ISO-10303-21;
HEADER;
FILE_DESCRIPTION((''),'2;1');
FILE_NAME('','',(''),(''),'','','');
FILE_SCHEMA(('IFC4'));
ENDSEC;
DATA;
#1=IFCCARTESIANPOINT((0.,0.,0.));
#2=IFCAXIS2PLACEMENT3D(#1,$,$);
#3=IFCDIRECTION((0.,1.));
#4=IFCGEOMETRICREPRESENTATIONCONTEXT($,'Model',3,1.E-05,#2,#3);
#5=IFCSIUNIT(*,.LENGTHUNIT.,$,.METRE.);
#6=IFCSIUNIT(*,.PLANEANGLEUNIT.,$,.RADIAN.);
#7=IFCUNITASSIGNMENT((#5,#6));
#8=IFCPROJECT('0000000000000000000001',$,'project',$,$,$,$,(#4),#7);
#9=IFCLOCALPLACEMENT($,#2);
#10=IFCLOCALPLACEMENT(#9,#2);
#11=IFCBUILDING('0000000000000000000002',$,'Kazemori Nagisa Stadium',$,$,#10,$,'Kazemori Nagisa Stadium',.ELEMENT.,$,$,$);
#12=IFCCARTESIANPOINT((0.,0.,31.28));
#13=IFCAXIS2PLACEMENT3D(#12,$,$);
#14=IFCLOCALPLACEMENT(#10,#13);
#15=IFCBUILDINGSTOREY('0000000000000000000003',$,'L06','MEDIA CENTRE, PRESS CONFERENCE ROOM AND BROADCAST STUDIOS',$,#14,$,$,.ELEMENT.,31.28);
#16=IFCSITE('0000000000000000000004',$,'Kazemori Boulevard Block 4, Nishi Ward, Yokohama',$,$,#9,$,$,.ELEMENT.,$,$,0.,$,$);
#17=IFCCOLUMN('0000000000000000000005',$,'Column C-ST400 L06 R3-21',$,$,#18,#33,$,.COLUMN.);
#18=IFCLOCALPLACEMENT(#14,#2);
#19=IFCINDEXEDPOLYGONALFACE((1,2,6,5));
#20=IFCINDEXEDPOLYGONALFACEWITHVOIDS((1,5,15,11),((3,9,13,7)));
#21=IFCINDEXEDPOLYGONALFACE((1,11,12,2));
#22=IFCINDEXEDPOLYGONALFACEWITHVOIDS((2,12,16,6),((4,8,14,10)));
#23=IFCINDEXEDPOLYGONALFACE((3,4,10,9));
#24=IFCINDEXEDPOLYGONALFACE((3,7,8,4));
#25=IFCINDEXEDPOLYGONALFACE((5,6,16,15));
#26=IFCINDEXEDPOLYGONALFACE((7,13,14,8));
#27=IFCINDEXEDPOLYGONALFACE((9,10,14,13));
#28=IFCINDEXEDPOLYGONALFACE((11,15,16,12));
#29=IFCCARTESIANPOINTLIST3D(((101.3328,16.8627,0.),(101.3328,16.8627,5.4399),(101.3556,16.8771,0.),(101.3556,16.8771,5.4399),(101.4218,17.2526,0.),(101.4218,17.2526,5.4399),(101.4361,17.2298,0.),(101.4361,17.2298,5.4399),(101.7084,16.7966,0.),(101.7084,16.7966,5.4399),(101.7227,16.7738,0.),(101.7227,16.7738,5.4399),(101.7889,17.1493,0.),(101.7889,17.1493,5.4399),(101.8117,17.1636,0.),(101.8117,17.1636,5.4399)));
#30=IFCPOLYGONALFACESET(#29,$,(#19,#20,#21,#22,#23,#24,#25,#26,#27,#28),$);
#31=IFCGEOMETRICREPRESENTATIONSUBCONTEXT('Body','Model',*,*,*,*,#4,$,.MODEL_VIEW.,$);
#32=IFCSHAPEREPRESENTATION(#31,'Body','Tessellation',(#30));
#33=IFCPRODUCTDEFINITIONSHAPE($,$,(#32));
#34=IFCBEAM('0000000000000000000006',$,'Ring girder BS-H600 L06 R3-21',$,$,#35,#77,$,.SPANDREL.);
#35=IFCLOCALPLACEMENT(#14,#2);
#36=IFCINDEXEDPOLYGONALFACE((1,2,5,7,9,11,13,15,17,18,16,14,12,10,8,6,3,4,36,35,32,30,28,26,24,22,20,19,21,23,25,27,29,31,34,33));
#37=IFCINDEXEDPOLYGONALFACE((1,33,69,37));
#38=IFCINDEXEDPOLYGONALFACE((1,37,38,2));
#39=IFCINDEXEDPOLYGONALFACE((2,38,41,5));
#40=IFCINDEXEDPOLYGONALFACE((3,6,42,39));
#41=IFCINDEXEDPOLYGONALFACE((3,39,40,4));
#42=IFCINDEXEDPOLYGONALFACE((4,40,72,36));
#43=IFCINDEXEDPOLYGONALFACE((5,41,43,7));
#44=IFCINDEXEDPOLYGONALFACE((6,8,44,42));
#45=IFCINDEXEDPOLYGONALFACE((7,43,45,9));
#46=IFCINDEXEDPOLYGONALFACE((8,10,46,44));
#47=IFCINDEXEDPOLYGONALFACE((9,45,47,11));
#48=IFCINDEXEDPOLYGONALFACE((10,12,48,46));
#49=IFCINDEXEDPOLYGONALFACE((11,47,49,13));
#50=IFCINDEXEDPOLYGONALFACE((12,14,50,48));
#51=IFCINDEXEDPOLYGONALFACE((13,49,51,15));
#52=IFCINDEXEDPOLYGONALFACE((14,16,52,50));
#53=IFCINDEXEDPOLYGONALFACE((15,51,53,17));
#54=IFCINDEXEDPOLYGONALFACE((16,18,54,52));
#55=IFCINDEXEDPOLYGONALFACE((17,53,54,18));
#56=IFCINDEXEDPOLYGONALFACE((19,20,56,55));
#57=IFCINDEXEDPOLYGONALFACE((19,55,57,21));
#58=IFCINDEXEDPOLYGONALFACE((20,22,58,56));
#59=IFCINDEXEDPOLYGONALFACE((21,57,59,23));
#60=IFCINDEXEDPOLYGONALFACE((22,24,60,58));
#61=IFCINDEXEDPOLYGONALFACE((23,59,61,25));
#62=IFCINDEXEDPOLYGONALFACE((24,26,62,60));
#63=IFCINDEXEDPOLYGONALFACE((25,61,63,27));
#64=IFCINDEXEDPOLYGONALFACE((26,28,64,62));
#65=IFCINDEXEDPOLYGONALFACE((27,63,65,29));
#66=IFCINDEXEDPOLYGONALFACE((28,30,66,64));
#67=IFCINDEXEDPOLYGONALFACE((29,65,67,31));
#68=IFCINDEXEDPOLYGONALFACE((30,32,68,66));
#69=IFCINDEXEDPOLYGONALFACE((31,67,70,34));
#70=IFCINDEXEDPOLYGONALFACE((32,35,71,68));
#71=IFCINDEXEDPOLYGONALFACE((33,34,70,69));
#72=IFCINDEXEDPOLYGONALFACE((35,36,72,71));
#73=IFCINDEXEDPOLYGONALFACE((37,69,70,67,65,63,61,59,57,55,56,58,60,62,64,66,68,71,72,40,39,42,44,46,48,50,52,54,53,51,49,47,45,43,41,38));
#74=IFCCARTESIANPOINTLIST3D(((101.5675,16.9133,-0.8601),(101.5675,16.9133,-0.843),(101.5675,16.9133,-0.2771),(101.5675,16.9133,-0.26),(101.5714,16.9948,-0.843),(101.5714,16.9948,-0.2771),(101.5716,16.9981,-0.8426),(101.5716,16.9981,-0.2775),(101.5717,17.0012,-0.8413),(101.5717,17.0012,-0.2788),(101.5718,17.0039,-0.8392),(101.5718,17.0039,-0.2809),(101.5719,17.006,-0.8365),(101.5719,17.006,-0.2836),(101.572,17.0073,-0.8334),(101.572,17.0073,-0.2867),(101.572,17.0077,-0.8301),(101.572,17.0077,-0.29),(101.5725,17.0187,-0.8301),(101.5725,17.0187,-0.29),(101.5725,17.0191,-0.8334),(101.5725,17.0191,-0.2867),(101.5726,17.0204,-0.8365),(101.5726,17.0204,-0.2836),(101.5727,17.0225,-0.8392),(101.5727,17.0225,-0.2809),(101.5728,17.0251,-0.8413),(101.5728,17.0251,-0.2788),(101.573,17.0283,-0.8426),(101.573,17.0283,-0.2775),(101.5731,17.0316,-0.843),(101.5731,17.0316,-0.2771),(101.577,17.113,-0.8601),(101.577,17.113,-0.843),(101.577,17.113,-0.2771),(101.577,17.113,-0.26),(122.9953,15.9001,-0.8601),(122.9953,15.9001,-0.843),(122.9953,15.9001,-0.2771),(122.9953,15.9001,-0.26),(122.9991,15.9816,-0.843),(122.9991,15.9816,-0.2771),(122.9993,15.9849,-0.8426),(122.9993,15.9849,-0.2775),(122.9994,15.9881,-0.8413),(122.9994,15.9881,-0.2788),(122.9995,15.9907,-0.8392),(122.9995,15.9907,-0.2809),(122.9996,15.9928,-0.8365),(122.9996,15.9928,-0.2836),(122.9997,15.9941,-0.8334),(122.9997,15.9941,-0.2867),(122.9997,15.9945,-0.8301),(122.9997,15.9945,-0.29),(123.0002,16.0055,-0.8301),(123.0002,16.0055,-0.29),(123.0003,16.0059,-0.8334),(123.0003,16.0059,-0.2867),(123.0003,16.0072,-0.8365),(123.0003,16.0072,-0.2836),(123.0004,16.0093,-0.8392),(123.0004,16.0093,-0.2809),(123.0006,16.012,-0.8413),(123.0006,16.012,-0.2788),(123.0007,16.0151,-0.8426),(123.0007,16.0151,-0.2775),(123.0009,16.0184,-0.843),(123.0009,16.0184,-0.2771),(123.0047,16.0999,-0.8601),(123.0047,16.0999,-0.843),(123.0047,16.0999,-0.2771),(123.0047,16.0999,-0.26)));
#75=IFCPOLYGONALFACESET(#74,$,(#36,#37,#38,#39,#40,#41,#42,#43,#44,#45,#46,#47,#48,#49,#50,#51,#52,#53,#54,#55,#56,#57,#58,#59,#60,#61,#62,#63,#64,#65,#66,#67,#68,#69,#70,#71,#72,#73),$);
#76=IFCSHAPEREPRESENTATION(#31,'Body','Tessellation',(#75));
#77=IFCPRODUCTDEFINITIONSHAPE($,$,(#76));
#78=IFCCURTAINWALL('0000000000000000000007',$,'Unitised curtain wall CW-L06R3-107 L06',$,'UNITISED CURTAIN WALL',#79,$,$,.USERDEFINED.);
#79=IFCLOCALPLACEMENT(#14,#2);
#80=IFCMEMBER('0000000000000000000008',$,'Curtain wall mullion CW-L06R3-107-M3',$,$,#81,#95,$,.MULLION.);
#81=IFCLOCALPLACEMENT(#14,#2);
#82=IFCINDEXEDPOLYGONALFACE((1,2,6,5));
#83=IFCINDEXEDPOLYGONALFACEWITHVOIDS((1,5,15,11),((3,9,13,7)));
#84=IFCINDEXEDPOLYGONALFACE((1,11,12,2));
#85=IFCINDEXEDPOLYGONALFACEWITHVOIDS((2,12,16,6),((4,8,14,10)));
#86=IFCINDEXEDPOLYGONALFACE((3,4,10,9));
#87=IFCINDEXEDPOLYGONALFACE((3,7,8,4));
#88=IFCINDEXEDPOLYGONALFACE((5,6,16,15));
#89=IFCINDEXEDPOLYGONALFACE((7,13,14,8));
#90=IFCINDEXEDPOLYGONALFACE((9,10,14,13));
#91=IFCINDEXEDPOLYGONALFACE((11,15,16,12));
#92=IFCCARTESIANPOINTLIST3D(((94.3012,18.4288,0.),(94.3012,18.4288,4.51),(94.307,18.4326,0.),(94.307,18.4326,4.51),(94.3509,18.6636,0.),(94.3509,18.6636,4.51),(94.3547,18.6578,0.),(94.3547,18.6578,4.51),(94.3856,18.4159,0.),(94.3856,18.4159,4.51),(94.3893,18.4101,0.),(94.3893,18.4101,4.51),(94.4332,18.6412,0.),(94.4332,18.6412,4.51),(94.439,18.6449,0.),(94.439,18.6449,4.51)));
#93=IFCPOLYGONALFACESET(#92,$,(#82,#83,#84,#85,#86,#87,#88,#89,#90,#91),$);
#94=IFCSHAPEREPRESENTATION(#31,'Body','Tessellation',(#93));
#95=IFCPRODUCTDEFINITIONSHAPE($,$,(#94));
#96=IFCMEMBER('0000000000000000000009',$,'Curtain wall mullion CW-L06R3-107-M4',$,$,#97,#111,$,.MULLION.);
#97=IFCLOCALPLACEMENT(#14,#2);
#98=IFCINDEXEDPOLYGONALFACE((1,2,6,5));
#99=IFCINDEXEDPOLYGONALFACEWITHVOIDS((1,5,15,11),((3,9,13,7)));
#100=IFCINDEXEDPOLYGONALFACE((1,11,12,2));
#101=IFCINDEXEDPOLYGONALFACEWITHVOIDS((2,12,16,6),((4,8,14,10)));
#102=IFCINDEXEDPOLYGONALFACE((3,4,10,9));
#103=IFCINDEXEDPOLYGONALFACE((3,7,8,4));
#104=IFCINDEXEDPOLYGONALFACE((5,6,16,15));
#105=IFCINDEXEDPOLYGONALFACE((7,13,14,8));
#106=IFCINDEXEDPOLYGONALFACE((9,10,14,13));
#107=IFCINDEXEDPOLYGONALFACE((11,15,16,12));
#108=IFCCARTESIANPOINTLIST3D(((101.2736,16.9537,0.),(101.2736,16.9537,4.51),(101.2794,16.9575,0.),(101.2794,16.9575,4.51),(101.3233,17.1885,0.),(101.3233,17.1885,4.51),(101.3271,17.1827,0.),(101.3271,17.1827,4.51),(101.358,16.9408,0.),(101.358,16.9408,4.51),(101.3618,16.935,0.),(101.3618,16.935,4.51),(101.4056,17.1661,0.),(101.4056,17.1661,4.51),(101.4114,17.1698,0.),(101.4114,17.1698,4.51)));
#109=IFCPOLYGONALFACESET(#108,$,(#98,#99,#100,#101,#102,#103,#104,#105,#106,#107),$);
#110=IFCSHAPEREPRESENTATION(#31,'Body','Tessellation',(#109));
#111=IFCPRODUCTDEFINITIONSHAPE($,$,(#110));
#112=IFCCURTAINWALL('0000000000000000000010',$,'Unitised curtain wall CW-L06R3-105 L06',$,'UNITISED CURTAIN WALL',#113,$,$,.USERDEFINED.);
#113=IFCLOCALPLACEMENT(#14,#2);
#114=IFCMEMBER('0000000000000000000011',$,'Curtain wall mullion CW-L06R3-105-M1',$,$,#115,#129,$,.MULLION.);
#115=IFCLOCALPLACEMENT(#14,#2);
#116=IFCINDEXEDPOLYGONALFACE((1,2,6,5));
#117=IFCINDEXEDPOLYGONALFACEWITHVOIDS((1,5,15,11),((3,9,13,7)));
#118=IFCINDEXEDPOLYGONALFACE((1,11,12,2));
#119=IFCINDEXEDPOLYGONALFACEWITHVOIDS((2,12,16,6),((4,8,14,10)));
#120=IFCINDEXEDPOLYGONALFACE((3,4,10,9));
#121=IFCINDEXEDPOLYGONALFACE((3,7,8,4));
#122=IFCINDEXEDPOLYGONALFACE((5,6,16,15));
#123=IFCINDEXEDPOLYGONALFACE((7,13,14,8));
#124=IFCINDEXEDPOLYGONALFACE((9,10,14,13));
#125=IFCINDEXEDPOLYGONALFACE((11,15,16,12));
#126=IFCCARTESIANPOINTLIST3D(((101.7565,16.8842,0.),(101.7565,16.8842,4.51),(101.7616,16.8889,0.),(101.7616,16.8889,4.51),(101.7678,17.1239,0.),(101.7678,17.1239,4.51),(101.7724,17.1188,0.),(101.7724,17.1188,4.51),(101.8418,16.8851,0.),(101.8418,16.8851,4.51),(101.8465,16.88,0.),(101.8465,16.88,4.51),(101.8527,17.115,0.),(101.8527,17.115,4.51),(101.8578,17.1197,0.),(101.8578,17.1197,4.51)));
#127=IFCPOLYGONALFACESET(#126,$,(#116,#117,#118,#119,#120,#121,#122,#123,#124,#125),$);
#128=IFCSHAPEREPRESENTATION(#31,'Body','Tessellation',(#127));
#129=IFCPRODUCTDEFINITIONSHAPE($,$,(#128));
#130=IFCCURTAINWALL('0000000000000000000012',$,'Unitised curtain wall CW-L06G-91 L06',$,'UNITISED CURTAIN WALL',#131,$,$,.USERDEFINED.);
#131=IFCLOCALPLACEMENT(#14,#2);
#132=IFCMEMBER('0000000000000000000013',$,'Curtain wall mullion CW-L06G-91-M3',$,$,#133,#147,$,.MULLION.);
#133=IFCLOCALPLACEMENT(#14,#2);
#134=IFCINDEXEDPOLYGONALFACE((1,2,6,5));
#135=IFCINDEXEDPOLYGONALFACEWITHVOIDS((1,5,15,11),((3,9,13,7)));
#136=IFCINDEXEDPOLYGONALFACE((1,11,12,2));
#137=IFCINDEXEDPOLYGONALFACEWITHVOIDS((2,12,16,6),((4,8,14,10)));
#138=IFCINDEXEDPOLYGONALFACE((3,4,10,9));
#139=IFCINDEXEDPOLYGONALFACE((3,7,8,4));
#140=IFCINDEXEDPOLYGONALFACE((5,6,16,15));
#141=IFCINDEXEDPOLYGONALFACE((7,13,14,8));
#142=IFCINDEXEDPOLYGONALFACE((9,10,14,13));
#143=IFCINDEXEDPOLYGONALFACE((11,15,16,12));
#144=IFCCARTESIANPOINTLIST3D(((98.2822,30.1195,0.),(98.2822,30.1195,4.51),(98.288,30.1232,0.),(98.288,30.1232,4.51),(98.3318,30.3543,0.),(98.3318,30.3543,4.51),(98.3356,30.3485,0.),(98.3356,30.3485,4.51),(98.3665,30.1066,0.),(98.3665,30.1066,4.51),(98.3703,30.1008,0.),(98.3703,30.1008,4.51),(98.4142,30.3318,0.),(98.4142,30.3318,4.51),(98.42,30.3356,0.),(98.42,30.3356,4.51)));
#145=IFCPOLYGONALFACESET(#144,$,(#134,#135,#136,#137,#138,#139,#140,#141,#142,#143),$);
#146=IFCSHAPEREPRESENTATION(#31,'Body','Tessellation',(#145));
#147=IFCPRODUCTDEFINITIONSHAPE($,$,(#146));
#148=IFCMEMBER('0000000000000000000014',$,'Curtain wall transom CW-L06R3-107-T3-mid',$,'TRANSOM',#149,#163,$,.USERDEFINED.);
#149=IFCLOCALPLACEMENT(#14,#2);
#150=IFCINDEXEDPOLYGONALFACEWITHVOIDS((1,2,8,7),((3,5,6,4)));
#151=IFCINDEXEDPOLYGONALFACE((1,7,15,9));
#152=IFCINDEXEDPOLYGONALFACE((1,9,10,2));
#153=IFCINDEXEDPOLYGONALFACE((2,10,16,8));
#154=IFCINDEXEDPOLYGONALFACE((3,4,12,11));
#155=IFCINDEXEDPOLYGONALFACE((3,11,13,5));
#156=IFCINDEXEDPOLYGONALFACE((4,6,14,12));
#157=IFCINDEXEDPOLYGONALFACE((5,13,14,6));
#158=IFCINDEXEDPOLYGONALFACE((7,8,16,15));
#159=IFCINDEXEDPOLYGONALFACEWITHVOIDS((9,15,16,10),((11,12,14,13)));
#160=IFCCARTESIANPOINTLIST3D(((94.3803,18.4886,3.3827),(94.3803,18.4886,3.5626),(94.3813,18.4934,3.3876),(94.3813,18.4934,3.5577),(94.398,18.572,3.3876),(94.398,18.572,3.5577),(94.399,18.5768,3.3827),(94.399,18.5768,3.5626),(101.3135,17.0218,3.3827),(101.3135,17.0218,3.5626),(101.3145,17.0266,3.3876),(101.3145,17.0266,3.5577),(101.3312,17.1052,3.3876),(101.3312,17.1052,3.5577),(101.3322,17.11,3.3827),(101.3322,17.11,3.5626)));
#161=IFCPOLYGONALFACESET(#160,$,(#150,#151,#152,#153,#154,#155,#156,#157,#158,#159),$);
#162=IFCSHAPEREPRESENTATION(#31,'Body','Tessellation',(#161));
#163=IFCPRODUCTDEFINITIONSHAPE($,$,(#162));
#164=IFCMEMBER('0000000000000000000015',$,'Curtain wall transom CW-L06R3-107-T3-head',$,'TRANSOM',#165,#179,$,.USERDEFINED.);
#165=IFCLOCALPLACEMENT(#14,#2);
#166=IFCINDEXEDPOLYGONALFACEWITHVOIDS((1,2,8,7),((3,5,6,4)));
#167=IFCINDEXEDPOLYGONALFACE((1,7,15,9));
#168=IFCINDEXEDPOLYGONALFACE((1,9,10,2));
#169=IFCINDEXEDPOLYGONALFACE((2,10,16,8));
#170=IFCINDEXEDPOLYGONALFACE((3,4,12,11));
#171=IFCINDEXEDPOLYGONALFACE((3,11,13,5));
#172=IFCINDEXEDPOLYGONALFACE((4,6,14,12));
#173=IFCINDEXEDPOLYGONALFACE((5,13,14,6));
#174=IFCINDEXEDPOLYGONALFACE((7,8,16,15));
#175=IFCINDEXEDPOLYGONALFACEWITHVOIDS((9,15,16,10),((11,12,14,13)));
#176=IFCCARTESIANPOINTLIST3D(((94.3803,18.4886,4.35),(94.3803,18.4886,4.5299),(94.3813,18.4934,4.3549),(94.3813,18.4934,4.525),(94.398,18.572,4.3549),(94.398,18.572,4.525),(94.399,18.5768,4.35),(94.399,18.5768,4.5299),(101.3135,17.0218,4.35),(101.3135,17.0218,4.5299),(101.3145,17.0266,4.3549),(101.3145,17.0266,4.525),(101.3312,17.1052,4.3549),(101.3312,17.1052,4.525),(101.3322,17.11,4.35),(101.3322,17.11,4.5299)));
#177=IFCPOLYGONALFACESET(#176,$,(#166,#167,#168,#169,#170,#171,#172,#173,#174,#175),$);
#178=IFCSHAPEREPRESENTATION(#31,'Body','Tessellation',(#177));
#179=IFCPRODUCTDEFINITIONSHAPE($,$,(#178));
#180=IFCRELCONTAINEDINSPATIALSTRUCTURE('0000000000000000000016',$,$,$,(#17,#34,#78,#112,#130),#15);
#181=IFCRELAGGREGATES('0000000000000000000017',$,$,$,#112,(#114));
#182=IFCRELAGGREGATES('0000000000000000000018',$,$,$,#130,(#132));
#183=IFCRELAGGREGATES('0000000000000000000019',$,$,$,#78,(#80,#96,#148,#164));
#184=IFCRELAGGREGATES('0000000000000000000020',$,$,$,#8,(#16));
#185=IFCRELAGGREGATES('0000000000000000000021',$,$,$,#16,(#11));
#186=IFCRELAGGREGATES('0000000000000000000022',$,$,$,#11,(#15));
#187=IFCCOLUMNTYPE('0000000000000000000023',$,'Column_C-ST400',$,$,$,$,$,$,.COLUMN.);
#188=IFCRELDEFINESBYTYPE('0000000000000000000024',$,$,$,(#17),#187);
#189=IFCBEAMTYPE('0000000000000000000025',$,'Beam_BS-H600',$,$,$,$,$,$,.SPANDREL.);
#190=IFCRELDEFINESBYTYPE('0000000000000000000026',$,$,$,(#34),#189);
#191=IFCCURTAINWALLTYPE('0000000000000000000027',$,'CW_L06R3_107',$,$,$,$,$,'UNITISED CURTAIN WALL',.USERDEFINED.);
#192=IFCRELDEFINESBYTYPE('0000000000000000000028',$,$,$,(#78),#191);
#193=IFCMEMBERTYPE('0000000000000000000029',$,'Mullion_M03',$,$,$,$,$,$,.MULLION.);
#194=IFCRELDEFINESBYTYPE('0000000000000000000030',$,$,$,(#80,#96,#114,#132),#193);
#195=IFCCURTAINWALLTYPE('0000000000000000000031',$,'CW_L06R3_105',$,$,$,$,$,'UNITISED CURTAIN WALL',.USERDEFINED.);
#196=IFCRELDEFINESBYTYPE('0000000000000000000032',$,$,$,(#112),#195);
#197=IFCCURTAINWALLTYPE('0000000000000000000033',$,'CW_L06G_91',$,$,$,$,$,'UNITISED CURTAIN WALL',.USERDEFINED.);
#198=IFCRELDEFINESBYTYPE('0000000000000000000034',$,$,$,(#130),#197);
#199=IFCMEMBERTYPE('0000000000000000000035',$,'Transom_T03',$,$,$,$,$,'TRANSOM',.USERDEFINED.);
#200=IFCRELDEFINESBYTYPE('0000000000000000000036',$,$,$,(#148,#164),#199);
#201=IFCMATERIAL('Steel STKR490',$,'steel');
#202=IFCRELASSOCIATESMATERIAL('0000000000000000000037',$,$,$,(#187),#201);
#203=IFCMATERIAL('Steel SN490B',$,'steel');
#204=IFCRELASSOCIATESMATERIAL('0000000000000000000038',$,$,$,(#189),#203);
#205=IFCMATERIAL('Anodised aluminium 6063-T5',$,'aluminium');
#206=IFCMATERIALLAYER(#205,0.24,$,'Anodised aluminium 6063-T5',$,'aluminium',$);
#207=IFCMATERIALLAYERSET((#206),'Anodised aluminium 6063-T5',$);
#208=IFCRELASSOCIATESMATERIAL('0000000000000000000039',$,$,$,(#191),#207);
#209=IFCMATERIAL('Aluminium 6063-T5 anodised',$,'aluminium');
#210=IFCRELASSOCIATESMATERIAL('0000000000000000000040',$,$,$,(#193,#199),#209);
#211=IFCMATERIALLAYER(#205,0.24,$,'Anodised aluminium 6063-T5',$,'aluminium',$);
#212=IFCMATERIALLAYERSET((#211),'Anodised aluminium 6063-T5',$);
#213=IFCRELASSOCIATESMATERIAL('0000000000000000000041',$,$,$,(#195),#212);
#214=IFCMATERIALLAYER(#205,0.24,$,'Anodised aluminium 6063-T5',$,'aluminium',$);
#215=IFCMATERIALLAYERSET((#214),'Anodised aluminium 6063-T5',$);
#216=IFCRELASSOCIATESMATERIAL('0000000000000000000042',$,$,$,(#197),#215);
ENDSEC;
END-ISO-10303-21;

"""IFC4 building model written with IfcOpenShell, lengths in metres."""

from ifc_helpers import new_model, si_unit, direction, frame, origin, origin_2d, place, context, subcontext, project, spatial, hollow_rectangle, i_section, extrude, material, layer, layer_set, material_profile, profile_set, type_object, element, aggregate, save


model = new_model("IFC4")

# Units and contexts
model_context = context("Model", 3, precision=1e-05, world=origin(), true_north=direction((0.0, 1.0)))
body_context = subcontext(model_context, "Body", "Model", "MODEL_VIEW")
ifc_project = project(units=[si_unit("LENGTHUNIT", "METRE"), si_unit("PLANEANGLEUNIT", "RADIAN")], contexts=[model_context])

# Site, building, storey
site_placement = place(None, origin())
site = spatial("IfcSite", under=ifc_project, at=site_placement, Name="Kazemori Boulevard Block 4, Nishi Ward, Yokohama", CompositionType="ELEMENT", RefElevation=0.0)
building_placement = place(site_placement, origin())
building = spatial("IfcBuilding", under=site, at=building_placement, Name="Kazemori Nagisa Stadium", LongName="Kazemori Nagisa Stadium", CompositionType="ELEMENT")
storey_placement = place(building_placement, frame((0.0, 0.0, 31.28)))
storey = spatial("IfcBuildingStorey", under=building, at=storey_placement, Name="L06", Description="MEDIA CENTRE, PRESS CONFERENCE ROOM AND BROADCAST STUDIOS", CompositionType="ELEMENT", Elevation=31.28)

# Column
ifc_material_1 = material(Name="Steel STKR490", Category="steel")
ifc_material_profile_1 = material_profile(ifc_material_1, hollow_rectangle(XDim=0.3999, YDim=0.3999, WallThickness=0.019, at=origin_2d()), Name="SHS-400x400x19")
ifc_profile_set_1 = profile_set([ifc_material_profile_1], Name="Steel STKR490")
column_type = type_object("IfcColumnType", Name="Column_C-ST400", PredefinedType="COLUMN", material=ifc_profile_set_1)
column_placement = place(storey_placement, frame((101.5723, 17.0132, 0.0), z_axis=(0.0, 0.0, 1.0), x_axis=(-0.222521, -0.974928, 0.0)))
element("IfcColumn", 1, at=column_placement, inside=storey, type_object=column_type, Name="Column C-ST400 L06 R3-21", PredefinedType="COLUMN", context=body_context, shape_type="SweptSolid", body=[
    extrude(hollow_rectangle(XDim=0.3999, YDim=0.3999, WallThickness=0.019, at=origin_2d()), origin(), (0.0, 0.0, 1.0), 5.4399),
])

# Beam
ifc_material_2 = material(Name="Steel SN490B", Category="steel")
ifc_material_profile_2 = material_profile(ifc_material_2, i_section(OverallWidth=0.2, OverallDepth=0.6001, WebThickness=0.011, FlangeThickness=0.0171, FilletRadius=0.0129, at=origin_2d()), Name="H-600x200x11x17")
ifc_profile_set_2 = profile_set([ifc_material_profile_2], Name="Steel SN490B")
beam_type = type_object("IfcBeamType", Name="Beam_BS-H600", PredefinedType="SPANDREL", material=ifc_profile_set_2)
beam_placement = place(storey_placement, frame((101.5723, 17.0132, -0.5601), z_axis=(0.998884, -0.047231, 0.0), x_axis=(0.047231, 0.998884, 0.0)))
element("IfcBeam", 2, at=beam_placement, inside=storey, type_object=beam_type, Name="Ring girder BS-H600 L06 R3-21", PredefinedType="SPANDREL", context=body_context, shape_type="SweptSolid", body=[
    extrude(i_section(OverallWidth=0.2, OverallDepth=0.6001, WebThickness=0.011, FlangeThickness=0.0171, FilletRadius=0.0129, at=origin_2d()), origin(), (0.0, 0.0, 1.0), 21.4517),
])

# Curtain wall, members
ifc_material_3 = material(Name="Anodised aluminium 6063-T5", Category="aluminium")
ifc_layer_1 = layer(ifc_material_3, 0.24, Name="Anodised aluminium 6063-T5", Category="aluminium")
ifc_layer_set_1 = layer_set([ifc_layer_1], Name="Anodised aluminium 6063-T5")
curtain_wall_type_1 = type_object("IfcCurtainWallType", Name="CW_L06R3_107", ElementType="UNITISED CURTAIN WALL", PredefinedType="USERDEFINED", material=ifc_layer_set_1)
curtain_wall_1_placement = place(storey_placement, origin())
curtain_wall_1 = element("IfcCurtainWall", 3, at=curtain_wall_1_placement, inside=storey, type_object=curtain_wall_type_1, Name="Unitised curtain wall CW-L06R3-107 L06", ObjectType="UNITISED CURTAIN WALL", PredefinedType="USERDEFINED")
ifc_material_4 = material(Name="Aluminium 6063-T5 anodised", Category="aluminium")
ifc_material_profile_3 = material_profile(ifc_material_4, hollow_rectangle(XDim=0.0901, YDim=0.24, WallThickness=0.0049, at=origin_2d()), Name="ALU-MULL-90x240x5")
ifc_profile_set_3 = profile_set([ifc_material_profile_3], Name="Aluminium 6063-T5 anodised")
member_type_1 = type_object("IfcMemberType", Name="Mullion_M03", PredefinedType="MULLION", material=ifc_profile_set_3)
member_1_placement = place(storey_placement, frame((94.3701, 18.5369, 0.0), z_axis=(0.0, 0.0, 1.0), x_axis=(0.978345, -0.206981, 0.0)))
member_1 = element("IfcMember", 4, at=member_1_placement, type_object=member_type_1, Name="Curtain wall mullion CW-L06R3-107-M3", PredefinedType="MULLION", context=body_context, shape_type="SweptSolid", body=[
    extrude(hollow_rectangle(XDim=0.0901, YDim=0.24, WallThickness=0.0049, at=origin_2d()), origin(), (0.0, 0.0, 1.0), 4.51),
])
member_2_placement = place(storey_placement, frame((101.3425, 17.0618, 0.0), z_axis=(0.0, 0.0, 1.0), x_axis=(0.978345, -0.206981, 0.0)))
member_2 = element("IfcMember", 5, at=member_2_placement, type_object=member_type_1, Name="Curtain wall mullion CW-L06R3-107-M4", PredefinedType="MULLION", context=body_context, shape_type="SweptSolid", body=[
    extrude(hollow_rectangle(XDim=0.0901, YDim=0.24, WallThickness=0.0049, at=origin_2d()), origin(), (0.0, 0.0, 1.0), 4.51),
])

# Curtain walls, members
ifc_layer_2 = layer(ifc_material_3, 0.24, Name="Anodised aluminium 6063-T5", Category="aluminium")
ifc_layer_set_2 = layer_set([ifc_layer_2], Name="Anodised aluminium 6063-T5")
curtain_wall_type_2 = type_object("IfcCurtainWallType", Name="CW_L06R3_105", ElementType="UNITISED CURTAIN WALL", PredefinedType="USERDEFINED", material=ifc_layer_set_2)
curtain_wall_2_placement = place(storey_placement, origin())
curtain_wall_2 = element("IfcCurtainWall", 6, at=curtain_wall_2_placement, inside=storey, type_object=curtain_wall_type_2, Name="Unitised curtain wall CW-L06R3-105 L06", ObjectType="UNITISED CURTAIN WALL", PredefinedType="USERDEFINED")
member_3_placement = place(storey_placement, frame((101.8071, 17.002, 0.0), z_axis=(0.0, 0.0, 1.0), x_axis=(0.998884, -0.04723, 0.0)))
member_3 = element("IfcMember", 7, at=member_3_placement, type_object=member_type_1, Name="Curtain wall mullion CW-L06R3-105-M1", PredefinedType="MULLION", context=body_context, shape_type="SweptSolid", body=[
    extrude(hollow_rectangle(XDim=0.0901, YDim=0.24, WallThickness=0.0049, at=origin_2d()), origin(), (0.0, 0.0, 1.0), 4.51),
])
ifc_layer_3 = layer(ifc_material_3, 0.24, Name="Anodised aluminium 6063-T5", Category="aluminium")
ifc_layer_set_3 = layer_set([ifc_layer_3], Name="Anodised aluminium 6063-T5")
curtain_wall_type_3 = type_object("IfcCurtainWallType", Name="CW_L06G_91", ElementType="UNITISED CURTAIN WALL", PredefinedType="USERDEFINED", material=ifc_layer_set_3)
curtain_wall_3_placement = place(storey_placement, origin())
curtain_wall_3 = element("IfcCurtainWall", 8, at=curtain_wall_3_placement, inside=storey, type_object=curtain_wall_type_3, Name="Unitised curtain wall CW-L06G-91 L06", ObjectType="UNITISED CURTAIN WALL", PredefinedType="USERDEFINED")
member_4_placement = place(storey_placement, frame((98.3511, 30.2275, 0.0), z_axis=(0.0, 0.0, 1.0), x_axis=(0.978345, -0.206981, 0.0)))
member_4 = element("IfcMember", 9, at=member_4_placement, type_object=member_type_1, Name="Curtain wall mullion CW-L06G-91-M3", PredefinedType="MULLION", context=body_context, shape_type="SweptSolid", body=[
    extrude(hollow_rectangle(XDim=0.0901, YDim=0.24, WallThickness=0.0049, at=origin_2d()), origin(), (0.0, 0.0, 1.0), 4.51),
])

# Members
ifc_material_profile_4 = material_profile(ifc_material_4, hollow_rectangle(XDim=0.0901, YDim=0.1799, WallThickness=0.0049, at=origin_2d()), Name="ALU-TRAN-90x180x5")
ifc_profile_set_4 = profile_set([ifc_material_profile_4], Name="Aluminium 6063-T5 anodised")
member_type_2 = type_object("IfcMemberType", Name="Transom_T03", ElementType="TRANSOM", PredefinedType="USERDEFINED", material=ifc_profile_set_4)
member_5_placement = place(storey_placement, frame((94.3896, 18.5327, 3.4727), z_axis=(0.978345, -0.206983, 0.0), x_axis=(0.206983, 0.978345, 0.0)))
member_5 = element("IfcMember", 10, at=member_5_placement, type_object=member_type_2, Name="Curtain wall transom CW-L06R3-107-T3-mid", ObjectType="TRANSOM", PredefinedType="USERDEFINED", context=body_context, shape_type="SweptSolid", body=[
    extrude(hollow_rectangle(XDim=0.0901, YDim=0.1799, WallThickness=0.0049, at=origin_2d()), origin(), (0.0, 0.0, 1.0), 7.0867),
])
member_6_placement = place(storey_placement, frame((94.3896, 18.5327, 4.4399), z_axis=(0.978345, -0.206983, 0.0), x_axis=(0.206983, 0.978345, 0.0)))
member_6 = element("IfcMember", 11, at=member_6_placement, type_object=member_type_2, Name="Curtain wall transom CW-L06R3-107-T3-head", ObjectType="TRANSOM", PredefinedType="USERDEFINED", context=body_context, shape_type="SweptSolid", body=[
    extrude(hollow_rectangle(XDim=0.0901, YDim=0.1799, WallThickness=0.0049, at=origin_2d()), origin(), (0.0, 0.0, 1.0), 7.0867),
])
aggregate(curtain_wall_2, [member_3])

aggregate(curtain_wall_3, [member_4])
aggregate(curtain_wall_1, [member_1, member_2, member_5, member_6])

save(model, "model.ifc")
